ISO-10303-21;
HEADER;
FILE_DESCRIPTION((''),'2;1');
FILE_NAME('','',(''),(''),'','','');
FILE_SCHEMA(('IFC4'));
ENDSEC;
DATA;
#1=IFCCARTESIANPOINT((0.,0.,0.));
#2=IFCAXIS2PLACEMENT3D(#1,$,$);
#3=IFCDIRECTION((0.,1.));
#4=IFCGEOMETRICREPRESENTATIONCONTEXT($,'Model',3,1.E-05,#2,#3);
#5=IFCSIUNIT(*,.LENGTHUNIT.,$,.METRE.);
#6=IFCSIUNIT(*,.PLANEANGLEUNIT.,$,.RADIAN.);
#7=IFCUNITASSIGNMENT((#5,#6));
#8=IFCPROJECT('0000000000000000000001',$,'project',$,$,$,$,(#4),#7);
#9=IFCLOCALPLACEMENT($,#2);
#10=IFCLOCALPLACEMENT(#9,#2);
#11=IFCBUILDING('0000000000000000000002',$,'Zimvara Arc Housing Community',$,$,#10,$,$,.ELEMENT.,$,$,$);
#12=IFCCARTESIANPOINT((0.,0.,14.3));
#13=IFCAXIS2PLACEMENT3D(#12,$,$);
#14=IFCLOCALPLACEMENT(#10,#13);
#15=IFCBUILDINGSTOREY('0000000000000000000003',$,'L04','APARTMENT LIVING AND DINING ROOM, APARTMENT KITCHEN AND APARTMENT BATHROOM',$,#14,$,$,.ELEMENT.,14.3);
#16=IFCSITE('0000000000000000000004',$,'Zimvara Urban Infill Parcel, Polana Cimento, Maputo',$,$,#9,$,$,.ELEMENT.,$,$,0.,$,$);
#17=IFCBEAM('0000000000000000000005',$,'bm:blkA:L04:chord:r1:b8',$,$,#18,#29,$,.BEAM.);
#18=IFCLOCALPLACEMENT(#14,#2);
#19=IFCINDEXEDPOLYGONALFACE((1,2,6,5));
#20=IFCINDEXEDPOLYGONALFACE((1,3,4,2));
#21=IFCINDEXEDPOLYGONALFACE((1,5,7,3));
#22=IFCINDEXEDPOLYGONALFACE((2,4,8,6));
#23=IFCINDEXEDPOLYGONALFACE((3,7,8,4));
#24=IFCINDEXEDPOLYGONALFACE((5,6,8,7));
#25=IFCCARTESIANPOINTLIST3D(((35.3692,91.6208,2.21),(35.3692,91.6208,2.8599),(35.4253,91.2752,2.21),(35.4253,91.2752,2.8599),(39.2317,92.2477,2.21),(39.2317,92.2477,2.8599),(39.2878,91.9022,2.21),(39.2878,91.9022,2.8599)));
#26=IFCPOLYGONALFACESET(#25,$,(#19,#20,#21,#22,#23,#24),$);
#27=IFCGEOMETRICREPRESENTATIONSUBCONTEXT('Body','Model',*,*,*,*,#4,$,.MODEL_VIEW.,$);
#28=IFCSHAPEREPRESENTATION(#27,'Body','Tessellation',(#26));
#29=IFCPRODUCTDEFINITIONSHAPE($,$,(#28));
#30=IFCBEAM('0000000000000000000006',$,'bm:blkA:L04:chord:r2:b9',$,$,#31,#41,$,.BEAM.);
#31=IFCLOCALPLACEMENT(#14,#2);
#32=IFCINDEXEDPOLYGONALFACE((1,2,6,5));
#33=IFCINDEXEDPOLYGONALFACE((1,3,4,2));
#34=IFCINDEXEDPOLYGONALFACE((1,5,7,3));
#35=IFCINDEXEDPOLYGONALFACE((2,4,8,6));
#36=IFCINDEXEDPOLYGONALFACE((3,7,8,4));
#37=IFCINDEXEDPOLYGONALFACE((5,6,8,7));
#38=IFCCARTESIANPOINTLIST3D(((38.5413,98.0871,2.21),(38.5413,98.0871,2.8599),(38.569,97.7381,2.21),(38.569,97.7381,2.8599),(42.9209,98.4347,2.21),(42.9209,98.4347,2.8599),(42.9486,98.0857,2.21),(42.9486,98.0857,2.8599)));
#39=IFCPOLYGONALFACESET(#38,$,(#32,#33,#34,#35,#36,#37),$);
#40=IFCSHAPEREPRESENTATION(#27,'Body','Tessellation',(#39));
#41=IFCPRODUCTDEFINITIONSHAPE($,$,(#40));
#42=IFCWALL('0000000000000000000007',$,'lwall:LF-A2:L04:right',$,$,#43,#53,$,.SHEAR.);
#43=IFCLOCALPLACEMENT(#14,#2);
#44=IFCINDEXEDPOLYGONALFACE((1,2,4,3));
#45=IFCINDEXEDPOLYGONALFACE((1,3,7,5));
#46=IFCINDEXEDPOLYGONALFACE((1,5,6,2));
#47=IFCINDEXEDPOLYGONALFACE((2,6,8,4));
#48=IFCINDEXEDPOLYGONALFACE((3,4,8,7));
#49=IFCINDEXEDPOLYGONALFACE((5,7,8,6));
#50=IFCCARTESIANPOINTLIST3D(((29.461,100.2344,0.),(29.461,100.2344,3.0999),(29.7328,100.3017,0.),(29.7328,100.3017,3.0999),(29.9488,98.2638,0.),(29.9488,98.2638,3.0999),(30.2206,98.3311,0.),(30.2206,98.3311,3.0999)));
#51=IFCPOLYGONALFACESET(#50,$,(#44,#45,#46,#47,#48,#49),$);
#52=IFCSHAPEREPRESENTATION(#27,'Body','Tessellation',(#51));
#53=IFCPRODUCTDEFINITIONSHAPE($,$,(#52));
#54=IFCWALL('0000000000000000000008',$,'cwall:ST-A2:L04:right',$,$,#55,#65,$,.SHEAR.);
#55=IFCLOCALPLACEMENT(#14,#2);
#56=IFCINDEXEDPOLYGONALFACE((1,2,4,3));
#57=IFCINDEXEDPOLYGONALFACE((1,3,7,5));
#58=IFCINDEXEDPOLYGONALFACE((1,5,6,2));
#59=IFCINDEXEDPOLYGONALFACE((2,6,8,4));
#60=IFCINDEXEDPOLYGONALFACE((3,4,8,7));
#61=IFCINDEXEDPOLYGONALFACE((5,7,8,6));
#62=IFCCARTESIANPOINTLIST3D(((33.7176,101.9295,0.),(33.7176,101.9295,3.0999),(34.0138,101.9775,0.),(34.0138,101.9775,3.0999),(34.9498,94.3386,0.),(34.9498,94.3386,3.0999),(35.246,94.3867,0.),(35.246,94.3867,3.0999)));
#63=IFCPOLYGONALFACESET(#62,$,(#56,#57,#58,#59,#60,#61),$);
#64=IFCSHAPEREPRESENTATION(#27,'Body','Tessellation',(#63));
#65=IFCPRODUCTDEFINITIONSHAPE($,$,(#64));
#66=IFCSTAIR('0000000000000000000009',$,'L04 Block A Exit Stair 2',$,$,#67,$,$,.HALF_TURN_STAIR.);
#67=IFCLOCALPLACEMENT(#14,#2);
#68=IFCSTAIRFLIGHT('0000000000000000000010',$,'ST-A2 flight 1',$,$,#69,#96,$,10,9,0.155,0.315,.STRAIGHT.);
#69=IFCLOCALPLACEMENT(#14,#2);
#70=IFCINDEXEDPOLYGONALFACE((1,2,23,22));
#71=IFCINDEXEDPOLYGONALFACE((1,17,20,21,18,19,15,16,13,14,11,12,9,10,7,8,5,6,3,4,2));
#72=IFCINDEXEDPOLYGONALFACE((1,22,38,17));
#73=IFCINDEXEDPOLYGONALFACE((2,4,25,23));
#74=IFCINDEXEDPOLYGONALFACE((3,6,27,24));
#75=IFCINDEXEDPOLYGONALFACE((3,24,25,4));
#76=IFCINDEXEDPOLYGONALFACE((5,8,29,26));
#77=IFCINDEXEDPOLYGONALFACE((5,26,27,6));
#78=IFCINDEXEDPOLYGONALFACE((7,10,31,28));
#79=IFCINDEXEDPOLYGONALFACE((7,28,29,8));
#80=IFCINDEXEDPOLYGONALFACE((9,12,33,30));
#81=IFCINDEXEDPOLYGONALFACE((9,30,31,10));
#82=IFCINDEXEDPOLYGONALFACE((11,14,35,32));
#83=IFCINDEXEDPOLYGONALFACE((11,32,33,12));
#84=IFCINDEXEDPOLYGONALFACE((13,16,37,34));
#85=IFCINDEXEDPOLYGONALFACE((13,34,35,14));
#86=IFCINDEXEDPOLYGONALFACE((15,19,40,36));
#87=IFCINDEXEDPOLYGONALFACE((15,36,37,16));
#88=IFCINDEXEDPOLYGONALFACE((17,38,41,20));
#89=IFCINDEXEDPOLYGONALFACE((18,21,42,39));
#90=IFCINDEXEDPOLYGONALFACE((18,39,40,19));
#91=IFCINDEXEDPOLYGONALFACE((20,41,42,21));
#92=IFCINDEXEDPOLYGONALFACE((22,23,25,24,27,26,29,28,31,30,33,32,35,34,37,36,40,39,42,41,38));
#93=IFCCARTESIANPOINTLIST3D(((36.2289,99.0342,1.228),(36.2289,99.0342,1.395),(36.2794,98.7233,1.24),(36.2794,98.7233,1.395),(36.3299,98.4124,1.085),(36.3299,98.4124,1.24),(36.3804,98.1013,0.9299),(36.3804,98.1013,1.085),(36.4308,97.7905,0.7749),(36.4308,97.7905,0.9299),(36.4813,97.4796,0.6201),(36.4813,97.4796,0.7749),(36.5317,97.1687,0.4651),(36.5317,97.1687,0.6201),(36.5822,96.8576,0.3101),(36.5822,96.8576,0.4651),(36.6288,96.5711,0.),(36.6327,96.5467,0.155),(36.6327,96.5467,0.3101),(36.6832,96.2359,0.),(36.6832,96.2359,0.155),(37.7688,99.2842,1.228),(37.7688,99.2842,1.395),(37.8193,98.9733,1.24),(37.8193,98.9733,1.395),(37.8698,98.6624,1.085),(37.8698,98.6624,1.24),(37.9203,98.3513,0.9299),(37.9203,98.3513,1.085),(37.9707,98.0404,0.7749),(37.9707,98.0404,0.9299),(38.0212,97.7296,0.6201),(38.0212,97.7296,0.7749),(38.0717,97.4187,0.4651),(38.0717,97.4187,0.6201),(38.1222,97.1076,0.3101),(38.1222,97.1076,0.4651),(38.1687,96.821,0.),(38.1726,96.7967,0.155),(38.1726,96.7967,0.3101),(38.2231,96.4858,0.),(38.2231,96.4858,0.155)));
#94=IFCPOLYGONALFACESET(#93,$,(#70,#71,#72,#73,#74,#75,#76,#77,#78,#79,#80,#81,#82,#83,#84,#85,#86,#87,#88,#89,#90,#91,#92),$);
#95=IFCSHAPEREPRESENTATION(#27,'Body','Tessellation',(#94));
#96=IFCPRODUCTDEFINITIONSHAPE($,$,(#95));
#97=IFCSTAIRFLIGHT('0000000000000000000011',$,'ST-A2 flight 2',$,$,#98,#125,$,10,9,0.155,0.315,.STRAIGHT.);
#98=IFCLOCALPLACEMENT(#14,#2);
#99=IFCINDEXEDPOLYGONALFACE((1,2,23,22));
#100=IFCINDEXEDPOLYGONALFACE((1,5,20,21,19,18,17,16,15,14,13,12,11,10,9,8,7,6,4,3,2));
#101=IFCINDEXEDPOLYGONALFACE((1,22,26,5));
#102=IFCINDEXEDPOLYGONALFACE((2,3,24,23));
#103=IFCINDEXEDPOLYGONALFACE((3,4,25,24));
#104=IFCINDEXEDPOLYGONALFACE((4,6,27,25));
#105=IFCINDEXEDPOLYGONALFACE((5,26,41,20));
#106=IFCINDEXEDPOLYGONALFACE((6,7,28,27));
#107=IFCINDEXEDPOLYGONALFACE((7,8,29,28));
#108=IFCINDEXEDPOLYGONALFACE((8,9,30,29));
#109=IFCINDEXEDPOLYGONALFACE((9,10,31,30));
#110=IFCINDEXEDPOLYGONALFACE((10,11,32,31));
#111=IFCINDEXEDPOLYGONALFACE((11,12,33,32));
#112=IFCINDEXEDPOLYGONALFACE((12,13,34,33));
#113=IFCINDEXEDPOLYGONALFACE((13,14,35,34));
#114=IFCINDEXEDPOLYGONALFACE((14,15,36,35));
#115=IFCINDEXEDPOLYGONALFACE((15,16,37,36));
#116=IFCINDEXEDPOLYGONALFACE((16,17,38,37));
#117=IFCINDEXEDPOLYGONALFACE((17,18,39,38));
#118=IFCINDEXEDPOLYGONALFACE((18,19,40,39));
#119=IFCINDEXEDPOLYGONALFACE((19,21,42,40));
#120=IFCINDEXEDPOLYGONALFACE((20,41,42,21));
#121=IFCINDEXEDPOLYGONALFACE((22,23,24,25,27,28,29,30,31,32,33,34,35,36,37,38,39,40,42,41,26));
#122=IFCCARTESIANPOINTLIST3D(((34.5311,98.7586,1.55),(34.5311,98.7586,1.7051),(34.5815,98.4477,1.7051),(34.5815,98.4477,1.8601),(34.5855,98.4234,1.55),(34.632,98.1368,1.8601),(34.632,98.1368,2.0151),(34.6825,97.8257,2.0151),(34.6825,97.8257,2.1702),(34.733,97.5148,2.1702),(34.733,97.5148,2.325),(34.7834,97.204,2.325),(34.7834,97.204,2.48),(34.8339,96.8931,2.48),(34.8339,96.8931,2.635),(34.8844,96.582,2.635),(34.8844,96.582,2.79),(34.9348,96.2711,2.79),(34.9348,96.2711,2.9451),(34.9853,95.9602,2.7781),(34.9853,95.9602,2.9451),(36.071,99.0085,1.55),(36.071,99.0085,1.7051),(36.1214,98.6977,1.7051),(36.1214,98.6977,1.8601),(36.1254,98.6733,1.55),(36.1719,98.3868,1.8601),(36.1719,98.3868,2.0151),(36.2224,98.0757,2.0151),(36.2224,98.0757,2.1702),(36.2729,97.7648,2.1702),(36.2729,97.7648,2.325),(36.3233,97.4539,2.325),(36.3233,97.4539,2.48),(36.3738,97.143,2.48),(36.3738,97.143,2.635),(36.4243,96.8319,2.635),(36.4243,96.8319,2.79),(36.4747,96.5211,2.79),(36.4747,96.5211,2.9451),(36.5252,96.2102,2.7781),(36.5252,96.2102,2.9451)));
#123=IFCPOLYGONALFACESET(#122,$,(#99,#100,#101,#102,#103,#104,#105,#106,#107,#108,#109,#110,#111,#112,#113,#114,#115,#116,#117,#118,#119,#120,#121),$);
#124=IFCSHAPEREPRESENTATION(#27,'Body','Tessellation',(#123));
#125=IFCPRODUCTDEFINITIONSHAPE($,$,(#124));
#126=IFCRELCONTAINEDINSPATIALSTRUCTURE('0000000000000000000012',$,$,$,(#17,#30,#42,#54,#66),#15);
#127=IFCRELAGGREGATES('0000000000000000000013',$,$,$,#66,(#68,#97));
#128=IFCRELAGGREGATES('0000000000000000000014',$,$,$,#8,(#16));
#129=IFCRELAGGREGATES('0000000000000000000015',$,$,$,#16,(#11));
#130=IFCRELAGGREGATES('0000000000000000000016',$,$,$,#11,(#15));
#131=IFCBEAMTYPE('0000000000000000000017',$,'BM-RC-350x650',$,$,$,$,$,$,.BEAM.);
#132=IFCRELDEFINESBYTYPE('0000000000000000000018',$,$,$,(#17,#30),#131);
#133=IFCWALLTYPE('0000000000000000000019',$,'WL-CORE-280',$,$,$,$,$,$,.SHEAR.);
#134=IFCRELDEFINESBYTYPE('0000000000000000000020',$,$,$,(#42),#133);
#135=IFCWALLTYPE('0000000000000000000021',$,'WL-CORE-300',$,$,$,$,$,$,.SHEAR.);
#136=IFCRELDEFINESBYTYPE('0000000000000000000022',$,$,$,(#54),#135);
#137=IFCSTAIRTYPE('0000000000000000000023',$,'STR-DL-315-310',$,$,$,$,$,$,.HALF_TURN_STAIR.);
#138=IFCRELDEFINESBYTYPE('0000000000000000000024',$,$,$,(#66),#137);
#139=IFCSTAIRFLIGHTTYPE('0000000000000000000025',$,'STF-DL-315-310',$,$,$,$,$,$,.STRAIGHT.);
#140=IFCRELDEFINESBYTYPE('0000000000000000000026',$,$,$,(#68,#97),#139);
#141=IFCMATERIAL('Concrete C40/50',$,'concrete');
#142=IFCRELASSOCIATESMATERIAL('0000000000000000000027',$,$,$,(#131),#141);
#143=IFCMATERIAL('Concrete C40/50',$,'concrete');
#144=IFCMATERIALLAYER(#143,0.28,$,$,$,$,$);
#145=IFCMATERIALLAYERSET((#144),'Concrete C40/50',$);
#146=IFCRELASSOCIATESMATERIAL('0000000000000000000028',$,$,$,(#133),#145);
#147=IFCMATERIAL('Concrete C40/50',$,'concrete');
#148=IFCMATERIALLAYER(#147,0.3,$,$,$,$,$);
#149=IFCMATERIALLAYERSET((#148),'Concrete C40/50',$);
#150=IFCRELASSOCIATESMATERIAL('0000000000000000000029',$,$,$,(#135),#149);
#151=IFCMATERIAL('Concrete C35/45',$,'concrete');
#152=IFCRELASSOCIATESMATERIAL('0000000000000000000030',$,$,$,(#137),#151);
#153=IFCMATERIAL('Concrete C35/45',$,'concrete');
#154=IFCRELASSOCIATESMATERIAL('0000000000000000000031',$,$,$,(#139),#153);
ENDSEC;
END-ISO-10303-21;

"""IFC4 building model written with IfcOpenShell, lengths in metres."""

from ifc_helpers import new_model, si_unit, direction, frame, frame_2d, origin, origin_2d, place, context, subcontext, project, spatial, polyline, rectangle, outline, extrude, material, layer, layer_set, material_profile, profile_set, type_object, element, aggregate, save


model = new_model("IFC4")

# Units and contexts
model_context = context("Model", 3, precision=1e-05, world=origin(), true_north=direction((0.0, 1.0)))
body_context = subcontext(model_context, "Body", "Model", "MODEL_VIEW")
ifc_project = project(units=[si_unit("LENGTHUNIT", "METRE"), si_unit("PLANEANGLEUNIT", "RADIAN")], contexts=[model_context])

# Site, building, storey
site_placement = place(None, origin())
site = spatial("IfcSite", under=ifc_project, at=site_placement, Name="Zimvara Urban Infill Parcel, Polana Cimento, Maputo", CompositionType="ELEMENT", RefElevation=0.0)
building_placement = place(site_placement, origin())
building = spatial("IfcBuilding", under=site, at=building_placement, Name="Zimvara Arc Housing Community", CompositionType="ELEMENT")
storey_placement = place(building_placement, frame((0.0, 0.0, 14.3)))
storey = spatial("IfcBuildingStorey", under=building, at=storey_placement, Name="L04", Description="APARTMENT LIVING AND DINING ROOM, APARTMENT KITCHEN AND APARTMENT BATHROOM", CompositionType="ELEMENT", Elevation=14.3)

# Beams
ifc_material_1 = material(Name="Concrete C40/50", Category="concrete")
ifc_material_profile_1 = material_profile(ifc_material_1, rectangle(XDim=0.3501, YDim=0.6499, at=origin_2d()), Name="RC 350x650")
ifc_profile_set_1 = profile_set([ifc_material_profile_1], Name="Concrete C40/50")
beam_type_1 = type_object("IfcBeamType", Name="BM-RC-350x650", PredefinedType="BEAM", material=ifc_profile_set_1)
for number, where, z_axis, x_axis, name in (
    (1, (35.3972, 91.448, 2.5349), (0.987081, 0.160219, 0.0), (-0.160219, 0.987081, 0.0), "bm:blkA:L04:chord:r1:b8"),
):
    element("IfcBeam", number, at=place(storey_placement, frame(where, z_axis=z_axis, x_axis=x_axis)), inside=storey, type_object=beam_type_1, Name=name, PredefinedType="BEAM", context=body_context, shape_type="SweptSolid", body=[
        extrude(rectangle(XDim=0.3501, YDim=0.6499, at=origin_2d()), origin(), (0.0, 0.0, 1.0), 3.9131),
    ])
beam_1_placement = place(storey_placement, frame((38.5552, 97.9126, 2.5349), z_axis=(0.996864, 0.079131, 0.0), x_axis=(-0.079131, 0.996864, 0.0)))
element("IfcBeam", 2, at=beam_1_placement, inside=storey, type_object=beam_type_1, Name="bm:blkA:L04:chord:r2:b9", PredefinedType="BEAM", context=body_context, shape_type="SweptSolid", body=[
    extrude(rectangle(XDim=0.3501, YDim=0.6499, at=origin_2d()), origin(), (0.0, 0.0, 1.0), 4.3933),
])

# Shared definitions
ifc_material_2 = material(Name="Concrete C40/50", Category="concrete")
ifc_layer_1 = layer(ifc_material_2, 0.28)
ifc_layer_set_1 = layer_set([ifc_layer_1], Name="Concrete C40/50")
wall_type_1 = type_object("IfcWallType", Name="WL-CORE-280", PredefinedType="SHEAR", material=ifc_layer_set_1)

# Walls
wall_1_placement = place(storey_placement, frame((30.0847, 98.2974, 0.0), z_axis=(0.0, 0.0, 1.0), x_axis=(-0.240299, 0.970699, 0.0)))
element("IfcWall", 3, at=wall_1_placement, inside=storey, type_object=wall_type_1, Name="lwall:LF-A2:L04:right", PredefinedType="SHEAR", context=body_context, shape_type="SweptSolid", body=[
    extrude(rectangle(XDim=2.03, YDim=0.28, at=frame_2d((1.0151, 0.0))), origin(), (0.0, 0.0, 1.0), 3.0999),
])
ifc_material_3 = material(Name="Concrete C40/50", Category="concrete")
ifc_layer_2 = layer(ifc_material_3, 0.3)
ifc_layer_set_2 = layer_set([ifc_layer_2], Name="Concrete C40/50")
wall_type_2 = type_object("IfcWallType", Name="WL-CORE-300", PredefinedType="SHEAR", material=ifc_layer_set_2)
wall_2_placement = place(storey_placement, frame((35.0979, 94.3625, 0.0), z_axis=(0.0, 0.0, 1.0), x_axis=(-0.160227, 0.98708, 0.0)))
element("IfcWall", 4, at=wall_2_placement, inside=storey, type_object=wall_type_2, Name="cwall:ST-A2:L04:right", PredefinedType="SHEAR", context=body_context, shape_type="SweptSolid", body=[
    extrude(rectangle(XDim=7.6902, YDim=0.3, at=frame_2d((3.8452, 0.0))), origin(), (0.0, 0.0, 1.0), 3.0999),
])

# Stair, stair flights
ifc_material_4 = material(Name="Concrete C35/45", Category="concrete")
stair_type = type_object("IfcStairType", Name="STR-DL-315-310", PredefinedType="HALF_TURN_STAIR", material=ifc_material_4)
stair_placement = place(storey_placement, origin())
stair = element("IfcStair", 5, at=stair_placement, inside=storey, type_object=stair_type, Name="L04 Block A Exit Stair 2", PredefinedType="HALF_TURN_STAIR")
ifc_material_5 = material(Name="Concrete C35/45", Category="concrete")
stair_flight_type = type_object("IfcStairFlightType", Name="STF-DL-315-310", PredefinedType="STRAIGHT", material=ifc_material_5)
stair_flight_1_placement = place(storey_placement, frame((37.4531, 96.3608, 0.0), z_axis=(0.0, 0.0, 1.0), x_axis=(-0.160226, 0.98708, 0.0)))
stair_flight_1 = element("IfcStairFlight", 6, at=stair_flight_1_placement, type_object=stair_flight_type, Name="ST-A2 flight 1", NumberOfRisers=10, NumberOfTreads=9, PredefinedType="STRAIGHT", RiserHeight=0.155, TreadLength=0.315, context=body_context, shape_type="SweptSolid", body=[
    extrude(outline(polyline([(0.0, 0.0), (0.0, 0.155), (0.3149, 0.155), (0.3149, 0.3101), (0.6299, 0.3101), (0.6299, 0.4651), (0.9451, 0.4651), (0.9451, 0.6201), (1.26, 0.6201), (1.26, 0.7749), (1.575, 0.7749), (1.575, 0.9299), (1.8899, 0.9299), (1.8899, 1.085), (2.2051, 1.085), (2.2051, 1.24), (2.52, 1.24), (2.52, 1.395), (2.835, 1.395), (2.835, 1.55), (2.835, 1.228), (0.3396, 0.0), (0.0, 0.0)])), frame((0.0, 0.78, 0.0), z_axis=(0.0, -1.0, 0.0), x_axis=(1.0, 0.0, 0.0)), (0.0, 0.0, 1.0), 1.5601),
])
stair_flight_2_placement = place(storey_placement, frame((35.301, 98.8835, 1.55), z_axis=(0.0, 0.0, 1.0), x_axis=(0.160226, -0.98708, 0.0)))
stair_flight_2 = element("IfcStairFlight", 7, at=stair_flight_2_placement, type_object=stair_flight_type, Name="ST-A2 flight 2", NumberOfRisers=10, NumberOfTreads=9, PredefinedType="STRAIGHT", RiserHeight=0.155, TreadLength=0.315, context=body_context, shape_type="SweptSolid", body=[
    extrude(outline(polyline([(0.0, 0.0), (0.0, 0.155), (0.3149, 0.155), (0.3149, 0.3101), (0.6299, 0.3101), (0.6299, 0.4651), (0.9451, 0.4651), (0.9451, 0.6201), (1.26, 0.6201), (1.26, 0.7749), (1.575, 0.7749), (1.575, 0.9299), (1.8899, 0.9299), (1.8899, 1.085), (2.2051, 1.085), (2.2051, 1.24), (2.52, 1.24), (2.52, 1.395), (2.835, 1.395), (2.835, 1.55), (2.835, 1.228), (0.3396, 0.0), (0.0, 0.0)])), frame((0.0, 0.78, 0.0), z_axis=(0.0, -1.0, 0.0), x_axis=(1.0, 0.0, 0.0)), (0.0, 0.0, 1.0), 1.5601),
])
aggregate(stair, [stair_flight_1, stair_flight_2])

save(model, "model.ifc")
